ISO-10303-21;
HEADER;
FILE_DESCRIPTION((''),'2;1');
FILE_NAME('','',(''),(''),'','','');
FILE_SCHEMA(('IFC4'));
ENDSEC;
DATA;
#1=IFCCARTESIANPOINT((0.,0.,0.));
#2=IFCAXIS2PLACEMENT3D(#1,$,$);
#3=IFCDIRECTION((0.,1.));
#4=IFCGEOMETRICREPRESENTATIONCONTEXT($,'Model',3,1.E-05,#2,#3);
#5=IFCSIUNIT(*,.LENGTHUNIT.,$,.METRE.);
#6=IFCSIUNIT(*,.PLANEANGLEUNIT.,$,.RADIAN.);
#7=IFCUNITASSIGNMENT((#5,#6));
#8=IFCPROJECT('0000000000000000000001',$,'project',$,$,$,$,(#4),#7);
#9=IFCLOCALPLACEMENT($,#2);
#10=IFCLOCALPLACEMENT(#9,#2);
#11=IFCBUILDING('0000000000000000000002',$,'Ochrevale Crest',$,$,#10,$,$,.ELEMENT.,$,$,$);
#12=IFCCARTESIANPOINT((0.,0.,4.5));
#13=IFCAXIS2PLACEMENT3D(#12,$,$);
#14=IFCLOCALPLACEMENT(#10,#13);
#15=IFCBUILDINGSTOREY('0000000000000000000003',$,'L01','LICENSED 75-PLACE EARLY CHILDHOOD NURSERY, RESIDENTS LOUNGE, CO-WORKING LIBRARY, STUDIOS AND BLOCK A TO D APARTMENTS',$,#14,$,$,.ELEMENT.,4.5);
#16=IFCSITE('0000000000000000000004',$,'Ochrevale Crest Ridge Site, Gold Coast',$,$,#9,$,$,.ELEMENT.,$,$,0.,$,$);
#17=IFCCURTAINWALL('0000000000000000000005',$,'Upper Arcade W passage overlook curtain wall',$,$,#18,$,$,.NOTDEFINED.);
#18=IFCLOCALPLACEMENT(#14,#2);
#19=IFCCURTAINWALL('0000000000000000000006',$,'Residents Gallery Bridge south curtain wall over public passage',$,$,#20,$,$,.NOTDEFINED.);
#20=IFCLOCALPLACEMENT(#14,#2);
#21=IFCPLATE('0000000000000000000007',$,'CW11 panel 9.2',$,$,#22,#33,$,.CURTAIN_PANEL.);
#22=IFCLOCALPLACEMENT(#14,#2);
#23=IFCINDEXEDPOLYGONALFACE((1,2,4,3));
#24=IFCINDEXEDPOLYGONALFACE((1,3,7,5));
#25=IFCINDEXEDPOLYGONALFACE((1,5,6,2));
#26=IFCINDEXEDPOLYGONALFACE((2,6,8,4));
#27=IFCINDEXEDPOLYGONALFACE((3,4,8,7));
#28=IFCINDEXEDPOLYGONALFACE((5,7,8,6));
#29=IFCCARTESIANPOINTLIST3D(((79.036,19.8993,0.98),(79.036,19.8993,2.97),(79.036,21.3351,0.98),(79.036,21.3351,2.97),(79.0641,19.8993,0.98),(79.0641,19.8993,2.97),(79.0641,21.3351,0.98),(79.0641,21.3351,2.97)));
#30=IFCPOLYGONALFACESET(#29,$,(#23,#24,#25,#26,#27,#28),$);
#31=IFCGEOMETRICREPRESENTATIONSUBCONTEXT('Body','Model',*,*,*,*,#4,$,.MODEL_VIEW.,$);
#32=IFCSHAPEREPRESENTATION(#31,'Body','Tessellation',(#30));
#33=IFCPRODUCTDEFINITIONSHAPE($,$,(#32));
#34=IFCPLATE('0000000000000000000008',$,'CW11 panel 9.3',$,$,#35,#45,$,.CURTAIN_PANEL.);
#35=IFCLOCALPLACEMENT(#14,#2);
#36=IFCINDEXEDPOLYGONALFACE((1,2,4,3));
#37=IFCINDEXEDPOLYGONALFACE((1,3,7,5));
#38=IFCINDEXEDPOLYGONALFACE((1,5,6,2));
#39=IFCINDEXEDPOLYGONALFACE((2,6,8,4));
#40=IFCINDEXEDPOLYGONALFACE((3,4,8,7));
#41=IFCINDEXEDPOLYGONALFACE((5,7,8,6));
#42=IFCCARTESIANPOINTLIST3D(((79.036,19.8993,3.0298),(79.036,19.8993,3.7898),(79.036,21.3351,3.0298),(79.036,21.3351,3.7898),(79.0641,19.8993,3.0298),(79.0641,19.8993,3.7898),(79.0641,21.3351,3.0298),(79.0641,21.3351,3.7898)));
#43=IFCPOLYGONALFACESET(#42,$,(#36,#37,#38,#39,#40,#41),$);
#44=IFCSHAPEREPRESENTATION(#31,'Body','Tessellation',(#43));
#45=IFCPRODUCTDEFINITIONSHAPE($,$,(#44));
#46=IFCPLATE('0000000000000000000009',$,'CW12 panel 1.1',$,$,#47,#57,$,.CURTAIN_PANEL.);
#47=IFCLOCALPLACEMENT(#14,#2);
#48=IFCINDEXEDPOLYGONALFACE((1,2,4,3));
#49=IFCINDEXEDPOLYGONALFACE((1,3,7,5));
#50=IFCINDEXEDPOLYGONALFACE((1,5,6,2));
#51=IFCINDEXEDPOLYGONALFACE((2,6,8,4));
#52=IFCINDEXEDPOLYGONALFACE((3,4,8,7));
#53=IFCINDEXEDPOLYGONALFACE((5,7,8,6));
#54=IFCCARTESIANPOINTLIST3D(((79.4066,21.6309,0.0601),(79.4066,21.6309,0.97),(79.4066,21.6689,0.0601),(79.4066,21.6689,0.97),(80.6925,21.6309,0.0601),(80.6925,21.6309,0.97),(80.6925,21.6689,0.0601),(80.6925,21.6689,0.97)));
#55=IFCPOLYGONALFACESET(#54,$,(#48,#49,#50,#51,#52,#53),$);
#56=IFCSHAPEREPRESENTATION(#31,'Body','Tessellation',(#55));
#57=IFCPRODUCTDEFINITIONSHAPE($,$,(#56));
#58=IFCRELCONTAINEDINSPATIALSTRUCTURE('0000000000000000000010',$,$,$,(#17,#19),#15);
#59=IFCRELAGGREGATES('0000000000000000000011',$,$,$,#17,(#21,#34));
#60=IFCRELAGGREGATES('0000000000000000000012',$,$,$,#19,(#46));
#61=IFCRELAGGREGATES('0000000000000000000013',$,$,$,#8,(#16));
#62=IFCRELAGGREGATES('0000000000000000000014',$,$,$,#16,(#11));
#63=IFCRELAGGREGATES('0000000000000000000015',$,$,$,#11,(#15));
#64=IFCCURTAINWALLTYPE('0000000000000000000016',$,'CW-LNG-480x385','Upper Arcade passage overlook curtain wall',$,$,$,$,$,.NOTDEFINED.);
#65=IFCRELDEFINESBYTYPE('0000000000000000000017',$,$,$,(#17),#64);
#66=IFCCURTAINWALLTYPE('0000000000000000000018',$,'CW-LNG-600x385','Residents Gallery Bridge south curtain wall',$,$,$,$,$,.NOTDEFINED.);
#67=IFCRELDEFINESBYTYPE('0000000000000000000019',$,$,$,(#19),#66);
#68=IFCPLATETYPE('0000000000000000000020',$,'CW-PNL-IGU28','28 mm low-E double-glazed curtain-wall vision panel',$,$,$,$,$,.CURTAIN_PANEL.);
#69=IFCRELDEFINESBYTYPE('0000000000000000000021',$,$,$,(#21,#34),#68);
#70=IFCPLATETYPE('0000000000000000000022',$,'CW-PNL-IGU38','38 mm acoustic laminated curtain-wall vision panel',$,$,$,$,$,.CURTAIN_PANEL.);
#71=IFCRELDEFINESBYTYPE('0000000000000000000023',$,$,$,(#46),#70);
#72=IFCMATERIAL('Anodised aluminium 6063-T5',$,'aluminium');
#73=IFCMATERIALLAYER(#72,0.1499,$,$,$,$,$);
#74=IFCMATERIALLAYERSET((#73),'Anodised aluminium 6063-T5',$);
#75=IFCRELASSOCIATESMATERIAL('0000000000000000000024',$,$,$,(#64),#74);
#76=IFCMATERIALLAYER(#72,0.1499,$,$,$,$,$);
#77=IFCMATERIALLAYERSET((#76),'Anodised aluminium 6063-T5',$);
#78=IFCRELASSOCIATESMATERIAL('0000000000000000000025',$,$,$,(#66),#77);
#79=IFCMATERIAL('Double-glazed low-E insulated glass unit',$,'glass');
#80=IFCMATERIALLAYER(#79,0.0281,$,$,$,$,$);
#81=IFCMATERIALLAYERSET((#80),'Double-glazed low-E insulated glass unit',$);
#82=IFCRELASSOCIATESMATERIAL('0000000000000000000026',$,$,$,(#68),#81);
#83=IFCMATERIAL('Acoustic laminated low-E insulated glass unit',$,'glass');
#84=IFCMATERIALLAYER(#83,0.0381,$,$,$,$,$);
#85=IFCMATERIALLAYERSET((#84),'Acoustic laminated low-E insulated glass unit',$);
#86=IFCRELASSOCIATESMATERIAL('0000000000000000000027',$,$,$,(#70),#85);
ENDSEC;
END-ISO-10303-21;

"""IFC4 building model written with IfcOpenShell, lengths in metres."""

from ifc_helpers import new_model, si_unit, direction, frame, origin, origin_2d, place, context, subcontext, project, spatial, rectangle, extrude, material, layer, layer_set, type_object, element, aggregate, save


model = new_model("IFC4")

# Units and contexts
model_context = context("Model", 3, precision=1e-05, world=origin(), true_north=direction((0.0, 1.0)))
body_context = subcontext(model_context, "Body", "Model", "MODEL_VIEW")
ifc_project = project(units=[si_unit("LENGTHUNIT", "METRE"), si_unit("PLANEANGLEUNIT", "RADIAN")], contexts=[model_context])

# Site, building, storey
site_placement = place(None, origin())
site = spatial("IfcSite", under=ifc_project, at=site_placement, Name="Ochrevale Crest Ridge Site, Gold Coast", CompositionType="ELEMENT", RefElevation=0.0)
building_placement = place(site_placement, origin())
building = spatial("IfcBuilding", under=site, at=building_placement, Name="Ochrevale Crest", CompositionType="ELEMENT")
storey_placement = place(building_placement, frame((0.0, 0.0, 4.5)))
storey = spatial("IfcBuildingStorey", under=building, at=storey_placement, Name="L01", Description="LICENSED 75-PLACE EARLY CHILDHOOD NURSERY, RESIDENTS LOUNGE, CO-WORKING LIBRARY, STUDIOS AND BLOCK A TO D APARTMENTS", CompositionType="ELEMENT", Elevation=4.5)

# Curtain wall
ifc_material_1 = material(Name="Anodised aluminium 6063-T5", Category="aluminium")
ifc_layer_1 = layer(ifc_material_1, 0.1499)
ifc_layer_set_1 = layer_set([ifc_layer_1], Name="Anodised aluminium 6063-T5")
curtain_wall_type_1 = type_object("IfcCurtainWallType", Name="CW-LNG-480x385", Description="Upper Arcade passage overlook curtain wall", PredefinedType="NOTDEFINED", material=ifc_layer_set_1)
curtain_wall_1_placement = place(storey_placement, origin())
curtain_wall_1 = element("IfcCurtainWall", 1, at=curtain_wall_1_placement, inside=storey, type_object=curtain_wall_type_1, Name="Upper Arcade W passage overlook curtain wall", PredefinedType="NOTDEFINED")

# Curtain wall
ifc_layer_2 = layer(ifc_material_1, 0.1499)
ifc_layer_set_2 = layer_set([ifc_layer_2], Name="Anodised aluminium 6063-T5")
curtain_wall_type_2 = type_object("IfcCurtainWallType", Name="CW-LNG-600x385", Description="Residents Gallery Bridge south curtain wall", PredefinedType="NOTDEFINED", material=ifc_layer_set_2)
curtain_wall_2_placement = place(storey_placement, origin())
curtain_wall_2 = element("IfcCurtainWall", 2, at=curtain_wall_2_placement, inside=storey, type_object=curtain_wall_type_2, Name="Residents Gallery Bridge south curtain wall over public passage", PredefinedType="NOTDEFINED")

# Plates
ifc_material_2 = material(Name="Double-glazed low-E insulated glass unit", Category="glass")
ifc_layer_3 = layer(ifc_material_2, 0.0281)
ifc_layer_set_3 = layer_set([ifc_layer_3], Name="Double-glazed low-E insulated glass unit")
plate_type_1 = type_object("IfcPlateType", Name="CW-PNL-IGU28", Description="28 mm low-E double-glazed curtain-wall vision panel", PredefinedType="CURTAIN_PANEL", material=ifc_layer_set_3)
plate_1_placement = place(storey_placement, frame((79.05, 20.6172, 0.98), z_axis=(0.0, 0.0, 1.0), x_axis=(0.0, 1.0, 0.0)))
plate_1 = element("IfcPlate", 3, at=plate_1_placement, type_object=plate_type_1, Name="CW11 panel 9.2", PredefinedType="CURTAIN_PANEL", context=body_context, shape_type="SweptSolid", body=[
    extrude(rectangle(XDim=1.4358, YDim=0.0281, at=origin_2d()), origin(), (0.0, 0.0, 1.0), 1.99),
])
plate_2_placement = place(storey_placement, frame((79.05, 20.6172, 3.0298), z_axis=(0.0, 0.0, 1.0), x_axis=(0.0, 1.0, 0.0)))
plate_2 = element("IfcPlate", 4, at=plate_2_placement, type_object=plate_type_1, Name="CW11 panel 9.3", PredefinedType="CURTAIN_PANEL", context=body_context, shape_type="SweptSolid", body=[
    extrude(rectangle(XDim=1.4358, YDim=0.0281, at=origin_2d()), origin(), (0.0, 0.0, 1.0), 0.76),
])
aggregate(curtain_wall_1, [plate_1, plate_2])
ifc_material_3 = material(Name="Acoustic laminated low-E insulated glass unit", Category="glass")
ifc_layer_4 = layer(ifc_material_3, 0.0381)
ifc_layer_set_4 = layer_set([ifc_layer_4], Name="Acoustic laminated low-E insulated glass unit")
plate_type_2 = type_object("IfcPlateType", Name="CW-PNL-IGU38", Description="38 mm acoustic laminated curtain-wall vision panel", PredefinedType="CURTAIN_PANEL", material=ifc_layer_set_4)
plate_3_placement = place(storey_placement, frame((80.0496, 21.6499, 0.0601), z_axis=(0.0, 0.0, 1.0), x_axis=(1.0, 0.0, 0.0)))
plate_3 = element("IfcPlate", 5, at=plate_3_placement, type_object=plate_type_2, Name="CW12 panel 1.1", PredefinedType="CURTAIN_PANEL", context=body_context, shape_type="SweptSolid", body=[
    extrude(rectangle(XDim=1.2859, YDim=0.0381, at=origin_2d()), origin(), (0.0, 0.0, 1.0), 0.9099),
])
aggregate(curtain_wall_2, [plate_3])

save(model, "model.ifc")
